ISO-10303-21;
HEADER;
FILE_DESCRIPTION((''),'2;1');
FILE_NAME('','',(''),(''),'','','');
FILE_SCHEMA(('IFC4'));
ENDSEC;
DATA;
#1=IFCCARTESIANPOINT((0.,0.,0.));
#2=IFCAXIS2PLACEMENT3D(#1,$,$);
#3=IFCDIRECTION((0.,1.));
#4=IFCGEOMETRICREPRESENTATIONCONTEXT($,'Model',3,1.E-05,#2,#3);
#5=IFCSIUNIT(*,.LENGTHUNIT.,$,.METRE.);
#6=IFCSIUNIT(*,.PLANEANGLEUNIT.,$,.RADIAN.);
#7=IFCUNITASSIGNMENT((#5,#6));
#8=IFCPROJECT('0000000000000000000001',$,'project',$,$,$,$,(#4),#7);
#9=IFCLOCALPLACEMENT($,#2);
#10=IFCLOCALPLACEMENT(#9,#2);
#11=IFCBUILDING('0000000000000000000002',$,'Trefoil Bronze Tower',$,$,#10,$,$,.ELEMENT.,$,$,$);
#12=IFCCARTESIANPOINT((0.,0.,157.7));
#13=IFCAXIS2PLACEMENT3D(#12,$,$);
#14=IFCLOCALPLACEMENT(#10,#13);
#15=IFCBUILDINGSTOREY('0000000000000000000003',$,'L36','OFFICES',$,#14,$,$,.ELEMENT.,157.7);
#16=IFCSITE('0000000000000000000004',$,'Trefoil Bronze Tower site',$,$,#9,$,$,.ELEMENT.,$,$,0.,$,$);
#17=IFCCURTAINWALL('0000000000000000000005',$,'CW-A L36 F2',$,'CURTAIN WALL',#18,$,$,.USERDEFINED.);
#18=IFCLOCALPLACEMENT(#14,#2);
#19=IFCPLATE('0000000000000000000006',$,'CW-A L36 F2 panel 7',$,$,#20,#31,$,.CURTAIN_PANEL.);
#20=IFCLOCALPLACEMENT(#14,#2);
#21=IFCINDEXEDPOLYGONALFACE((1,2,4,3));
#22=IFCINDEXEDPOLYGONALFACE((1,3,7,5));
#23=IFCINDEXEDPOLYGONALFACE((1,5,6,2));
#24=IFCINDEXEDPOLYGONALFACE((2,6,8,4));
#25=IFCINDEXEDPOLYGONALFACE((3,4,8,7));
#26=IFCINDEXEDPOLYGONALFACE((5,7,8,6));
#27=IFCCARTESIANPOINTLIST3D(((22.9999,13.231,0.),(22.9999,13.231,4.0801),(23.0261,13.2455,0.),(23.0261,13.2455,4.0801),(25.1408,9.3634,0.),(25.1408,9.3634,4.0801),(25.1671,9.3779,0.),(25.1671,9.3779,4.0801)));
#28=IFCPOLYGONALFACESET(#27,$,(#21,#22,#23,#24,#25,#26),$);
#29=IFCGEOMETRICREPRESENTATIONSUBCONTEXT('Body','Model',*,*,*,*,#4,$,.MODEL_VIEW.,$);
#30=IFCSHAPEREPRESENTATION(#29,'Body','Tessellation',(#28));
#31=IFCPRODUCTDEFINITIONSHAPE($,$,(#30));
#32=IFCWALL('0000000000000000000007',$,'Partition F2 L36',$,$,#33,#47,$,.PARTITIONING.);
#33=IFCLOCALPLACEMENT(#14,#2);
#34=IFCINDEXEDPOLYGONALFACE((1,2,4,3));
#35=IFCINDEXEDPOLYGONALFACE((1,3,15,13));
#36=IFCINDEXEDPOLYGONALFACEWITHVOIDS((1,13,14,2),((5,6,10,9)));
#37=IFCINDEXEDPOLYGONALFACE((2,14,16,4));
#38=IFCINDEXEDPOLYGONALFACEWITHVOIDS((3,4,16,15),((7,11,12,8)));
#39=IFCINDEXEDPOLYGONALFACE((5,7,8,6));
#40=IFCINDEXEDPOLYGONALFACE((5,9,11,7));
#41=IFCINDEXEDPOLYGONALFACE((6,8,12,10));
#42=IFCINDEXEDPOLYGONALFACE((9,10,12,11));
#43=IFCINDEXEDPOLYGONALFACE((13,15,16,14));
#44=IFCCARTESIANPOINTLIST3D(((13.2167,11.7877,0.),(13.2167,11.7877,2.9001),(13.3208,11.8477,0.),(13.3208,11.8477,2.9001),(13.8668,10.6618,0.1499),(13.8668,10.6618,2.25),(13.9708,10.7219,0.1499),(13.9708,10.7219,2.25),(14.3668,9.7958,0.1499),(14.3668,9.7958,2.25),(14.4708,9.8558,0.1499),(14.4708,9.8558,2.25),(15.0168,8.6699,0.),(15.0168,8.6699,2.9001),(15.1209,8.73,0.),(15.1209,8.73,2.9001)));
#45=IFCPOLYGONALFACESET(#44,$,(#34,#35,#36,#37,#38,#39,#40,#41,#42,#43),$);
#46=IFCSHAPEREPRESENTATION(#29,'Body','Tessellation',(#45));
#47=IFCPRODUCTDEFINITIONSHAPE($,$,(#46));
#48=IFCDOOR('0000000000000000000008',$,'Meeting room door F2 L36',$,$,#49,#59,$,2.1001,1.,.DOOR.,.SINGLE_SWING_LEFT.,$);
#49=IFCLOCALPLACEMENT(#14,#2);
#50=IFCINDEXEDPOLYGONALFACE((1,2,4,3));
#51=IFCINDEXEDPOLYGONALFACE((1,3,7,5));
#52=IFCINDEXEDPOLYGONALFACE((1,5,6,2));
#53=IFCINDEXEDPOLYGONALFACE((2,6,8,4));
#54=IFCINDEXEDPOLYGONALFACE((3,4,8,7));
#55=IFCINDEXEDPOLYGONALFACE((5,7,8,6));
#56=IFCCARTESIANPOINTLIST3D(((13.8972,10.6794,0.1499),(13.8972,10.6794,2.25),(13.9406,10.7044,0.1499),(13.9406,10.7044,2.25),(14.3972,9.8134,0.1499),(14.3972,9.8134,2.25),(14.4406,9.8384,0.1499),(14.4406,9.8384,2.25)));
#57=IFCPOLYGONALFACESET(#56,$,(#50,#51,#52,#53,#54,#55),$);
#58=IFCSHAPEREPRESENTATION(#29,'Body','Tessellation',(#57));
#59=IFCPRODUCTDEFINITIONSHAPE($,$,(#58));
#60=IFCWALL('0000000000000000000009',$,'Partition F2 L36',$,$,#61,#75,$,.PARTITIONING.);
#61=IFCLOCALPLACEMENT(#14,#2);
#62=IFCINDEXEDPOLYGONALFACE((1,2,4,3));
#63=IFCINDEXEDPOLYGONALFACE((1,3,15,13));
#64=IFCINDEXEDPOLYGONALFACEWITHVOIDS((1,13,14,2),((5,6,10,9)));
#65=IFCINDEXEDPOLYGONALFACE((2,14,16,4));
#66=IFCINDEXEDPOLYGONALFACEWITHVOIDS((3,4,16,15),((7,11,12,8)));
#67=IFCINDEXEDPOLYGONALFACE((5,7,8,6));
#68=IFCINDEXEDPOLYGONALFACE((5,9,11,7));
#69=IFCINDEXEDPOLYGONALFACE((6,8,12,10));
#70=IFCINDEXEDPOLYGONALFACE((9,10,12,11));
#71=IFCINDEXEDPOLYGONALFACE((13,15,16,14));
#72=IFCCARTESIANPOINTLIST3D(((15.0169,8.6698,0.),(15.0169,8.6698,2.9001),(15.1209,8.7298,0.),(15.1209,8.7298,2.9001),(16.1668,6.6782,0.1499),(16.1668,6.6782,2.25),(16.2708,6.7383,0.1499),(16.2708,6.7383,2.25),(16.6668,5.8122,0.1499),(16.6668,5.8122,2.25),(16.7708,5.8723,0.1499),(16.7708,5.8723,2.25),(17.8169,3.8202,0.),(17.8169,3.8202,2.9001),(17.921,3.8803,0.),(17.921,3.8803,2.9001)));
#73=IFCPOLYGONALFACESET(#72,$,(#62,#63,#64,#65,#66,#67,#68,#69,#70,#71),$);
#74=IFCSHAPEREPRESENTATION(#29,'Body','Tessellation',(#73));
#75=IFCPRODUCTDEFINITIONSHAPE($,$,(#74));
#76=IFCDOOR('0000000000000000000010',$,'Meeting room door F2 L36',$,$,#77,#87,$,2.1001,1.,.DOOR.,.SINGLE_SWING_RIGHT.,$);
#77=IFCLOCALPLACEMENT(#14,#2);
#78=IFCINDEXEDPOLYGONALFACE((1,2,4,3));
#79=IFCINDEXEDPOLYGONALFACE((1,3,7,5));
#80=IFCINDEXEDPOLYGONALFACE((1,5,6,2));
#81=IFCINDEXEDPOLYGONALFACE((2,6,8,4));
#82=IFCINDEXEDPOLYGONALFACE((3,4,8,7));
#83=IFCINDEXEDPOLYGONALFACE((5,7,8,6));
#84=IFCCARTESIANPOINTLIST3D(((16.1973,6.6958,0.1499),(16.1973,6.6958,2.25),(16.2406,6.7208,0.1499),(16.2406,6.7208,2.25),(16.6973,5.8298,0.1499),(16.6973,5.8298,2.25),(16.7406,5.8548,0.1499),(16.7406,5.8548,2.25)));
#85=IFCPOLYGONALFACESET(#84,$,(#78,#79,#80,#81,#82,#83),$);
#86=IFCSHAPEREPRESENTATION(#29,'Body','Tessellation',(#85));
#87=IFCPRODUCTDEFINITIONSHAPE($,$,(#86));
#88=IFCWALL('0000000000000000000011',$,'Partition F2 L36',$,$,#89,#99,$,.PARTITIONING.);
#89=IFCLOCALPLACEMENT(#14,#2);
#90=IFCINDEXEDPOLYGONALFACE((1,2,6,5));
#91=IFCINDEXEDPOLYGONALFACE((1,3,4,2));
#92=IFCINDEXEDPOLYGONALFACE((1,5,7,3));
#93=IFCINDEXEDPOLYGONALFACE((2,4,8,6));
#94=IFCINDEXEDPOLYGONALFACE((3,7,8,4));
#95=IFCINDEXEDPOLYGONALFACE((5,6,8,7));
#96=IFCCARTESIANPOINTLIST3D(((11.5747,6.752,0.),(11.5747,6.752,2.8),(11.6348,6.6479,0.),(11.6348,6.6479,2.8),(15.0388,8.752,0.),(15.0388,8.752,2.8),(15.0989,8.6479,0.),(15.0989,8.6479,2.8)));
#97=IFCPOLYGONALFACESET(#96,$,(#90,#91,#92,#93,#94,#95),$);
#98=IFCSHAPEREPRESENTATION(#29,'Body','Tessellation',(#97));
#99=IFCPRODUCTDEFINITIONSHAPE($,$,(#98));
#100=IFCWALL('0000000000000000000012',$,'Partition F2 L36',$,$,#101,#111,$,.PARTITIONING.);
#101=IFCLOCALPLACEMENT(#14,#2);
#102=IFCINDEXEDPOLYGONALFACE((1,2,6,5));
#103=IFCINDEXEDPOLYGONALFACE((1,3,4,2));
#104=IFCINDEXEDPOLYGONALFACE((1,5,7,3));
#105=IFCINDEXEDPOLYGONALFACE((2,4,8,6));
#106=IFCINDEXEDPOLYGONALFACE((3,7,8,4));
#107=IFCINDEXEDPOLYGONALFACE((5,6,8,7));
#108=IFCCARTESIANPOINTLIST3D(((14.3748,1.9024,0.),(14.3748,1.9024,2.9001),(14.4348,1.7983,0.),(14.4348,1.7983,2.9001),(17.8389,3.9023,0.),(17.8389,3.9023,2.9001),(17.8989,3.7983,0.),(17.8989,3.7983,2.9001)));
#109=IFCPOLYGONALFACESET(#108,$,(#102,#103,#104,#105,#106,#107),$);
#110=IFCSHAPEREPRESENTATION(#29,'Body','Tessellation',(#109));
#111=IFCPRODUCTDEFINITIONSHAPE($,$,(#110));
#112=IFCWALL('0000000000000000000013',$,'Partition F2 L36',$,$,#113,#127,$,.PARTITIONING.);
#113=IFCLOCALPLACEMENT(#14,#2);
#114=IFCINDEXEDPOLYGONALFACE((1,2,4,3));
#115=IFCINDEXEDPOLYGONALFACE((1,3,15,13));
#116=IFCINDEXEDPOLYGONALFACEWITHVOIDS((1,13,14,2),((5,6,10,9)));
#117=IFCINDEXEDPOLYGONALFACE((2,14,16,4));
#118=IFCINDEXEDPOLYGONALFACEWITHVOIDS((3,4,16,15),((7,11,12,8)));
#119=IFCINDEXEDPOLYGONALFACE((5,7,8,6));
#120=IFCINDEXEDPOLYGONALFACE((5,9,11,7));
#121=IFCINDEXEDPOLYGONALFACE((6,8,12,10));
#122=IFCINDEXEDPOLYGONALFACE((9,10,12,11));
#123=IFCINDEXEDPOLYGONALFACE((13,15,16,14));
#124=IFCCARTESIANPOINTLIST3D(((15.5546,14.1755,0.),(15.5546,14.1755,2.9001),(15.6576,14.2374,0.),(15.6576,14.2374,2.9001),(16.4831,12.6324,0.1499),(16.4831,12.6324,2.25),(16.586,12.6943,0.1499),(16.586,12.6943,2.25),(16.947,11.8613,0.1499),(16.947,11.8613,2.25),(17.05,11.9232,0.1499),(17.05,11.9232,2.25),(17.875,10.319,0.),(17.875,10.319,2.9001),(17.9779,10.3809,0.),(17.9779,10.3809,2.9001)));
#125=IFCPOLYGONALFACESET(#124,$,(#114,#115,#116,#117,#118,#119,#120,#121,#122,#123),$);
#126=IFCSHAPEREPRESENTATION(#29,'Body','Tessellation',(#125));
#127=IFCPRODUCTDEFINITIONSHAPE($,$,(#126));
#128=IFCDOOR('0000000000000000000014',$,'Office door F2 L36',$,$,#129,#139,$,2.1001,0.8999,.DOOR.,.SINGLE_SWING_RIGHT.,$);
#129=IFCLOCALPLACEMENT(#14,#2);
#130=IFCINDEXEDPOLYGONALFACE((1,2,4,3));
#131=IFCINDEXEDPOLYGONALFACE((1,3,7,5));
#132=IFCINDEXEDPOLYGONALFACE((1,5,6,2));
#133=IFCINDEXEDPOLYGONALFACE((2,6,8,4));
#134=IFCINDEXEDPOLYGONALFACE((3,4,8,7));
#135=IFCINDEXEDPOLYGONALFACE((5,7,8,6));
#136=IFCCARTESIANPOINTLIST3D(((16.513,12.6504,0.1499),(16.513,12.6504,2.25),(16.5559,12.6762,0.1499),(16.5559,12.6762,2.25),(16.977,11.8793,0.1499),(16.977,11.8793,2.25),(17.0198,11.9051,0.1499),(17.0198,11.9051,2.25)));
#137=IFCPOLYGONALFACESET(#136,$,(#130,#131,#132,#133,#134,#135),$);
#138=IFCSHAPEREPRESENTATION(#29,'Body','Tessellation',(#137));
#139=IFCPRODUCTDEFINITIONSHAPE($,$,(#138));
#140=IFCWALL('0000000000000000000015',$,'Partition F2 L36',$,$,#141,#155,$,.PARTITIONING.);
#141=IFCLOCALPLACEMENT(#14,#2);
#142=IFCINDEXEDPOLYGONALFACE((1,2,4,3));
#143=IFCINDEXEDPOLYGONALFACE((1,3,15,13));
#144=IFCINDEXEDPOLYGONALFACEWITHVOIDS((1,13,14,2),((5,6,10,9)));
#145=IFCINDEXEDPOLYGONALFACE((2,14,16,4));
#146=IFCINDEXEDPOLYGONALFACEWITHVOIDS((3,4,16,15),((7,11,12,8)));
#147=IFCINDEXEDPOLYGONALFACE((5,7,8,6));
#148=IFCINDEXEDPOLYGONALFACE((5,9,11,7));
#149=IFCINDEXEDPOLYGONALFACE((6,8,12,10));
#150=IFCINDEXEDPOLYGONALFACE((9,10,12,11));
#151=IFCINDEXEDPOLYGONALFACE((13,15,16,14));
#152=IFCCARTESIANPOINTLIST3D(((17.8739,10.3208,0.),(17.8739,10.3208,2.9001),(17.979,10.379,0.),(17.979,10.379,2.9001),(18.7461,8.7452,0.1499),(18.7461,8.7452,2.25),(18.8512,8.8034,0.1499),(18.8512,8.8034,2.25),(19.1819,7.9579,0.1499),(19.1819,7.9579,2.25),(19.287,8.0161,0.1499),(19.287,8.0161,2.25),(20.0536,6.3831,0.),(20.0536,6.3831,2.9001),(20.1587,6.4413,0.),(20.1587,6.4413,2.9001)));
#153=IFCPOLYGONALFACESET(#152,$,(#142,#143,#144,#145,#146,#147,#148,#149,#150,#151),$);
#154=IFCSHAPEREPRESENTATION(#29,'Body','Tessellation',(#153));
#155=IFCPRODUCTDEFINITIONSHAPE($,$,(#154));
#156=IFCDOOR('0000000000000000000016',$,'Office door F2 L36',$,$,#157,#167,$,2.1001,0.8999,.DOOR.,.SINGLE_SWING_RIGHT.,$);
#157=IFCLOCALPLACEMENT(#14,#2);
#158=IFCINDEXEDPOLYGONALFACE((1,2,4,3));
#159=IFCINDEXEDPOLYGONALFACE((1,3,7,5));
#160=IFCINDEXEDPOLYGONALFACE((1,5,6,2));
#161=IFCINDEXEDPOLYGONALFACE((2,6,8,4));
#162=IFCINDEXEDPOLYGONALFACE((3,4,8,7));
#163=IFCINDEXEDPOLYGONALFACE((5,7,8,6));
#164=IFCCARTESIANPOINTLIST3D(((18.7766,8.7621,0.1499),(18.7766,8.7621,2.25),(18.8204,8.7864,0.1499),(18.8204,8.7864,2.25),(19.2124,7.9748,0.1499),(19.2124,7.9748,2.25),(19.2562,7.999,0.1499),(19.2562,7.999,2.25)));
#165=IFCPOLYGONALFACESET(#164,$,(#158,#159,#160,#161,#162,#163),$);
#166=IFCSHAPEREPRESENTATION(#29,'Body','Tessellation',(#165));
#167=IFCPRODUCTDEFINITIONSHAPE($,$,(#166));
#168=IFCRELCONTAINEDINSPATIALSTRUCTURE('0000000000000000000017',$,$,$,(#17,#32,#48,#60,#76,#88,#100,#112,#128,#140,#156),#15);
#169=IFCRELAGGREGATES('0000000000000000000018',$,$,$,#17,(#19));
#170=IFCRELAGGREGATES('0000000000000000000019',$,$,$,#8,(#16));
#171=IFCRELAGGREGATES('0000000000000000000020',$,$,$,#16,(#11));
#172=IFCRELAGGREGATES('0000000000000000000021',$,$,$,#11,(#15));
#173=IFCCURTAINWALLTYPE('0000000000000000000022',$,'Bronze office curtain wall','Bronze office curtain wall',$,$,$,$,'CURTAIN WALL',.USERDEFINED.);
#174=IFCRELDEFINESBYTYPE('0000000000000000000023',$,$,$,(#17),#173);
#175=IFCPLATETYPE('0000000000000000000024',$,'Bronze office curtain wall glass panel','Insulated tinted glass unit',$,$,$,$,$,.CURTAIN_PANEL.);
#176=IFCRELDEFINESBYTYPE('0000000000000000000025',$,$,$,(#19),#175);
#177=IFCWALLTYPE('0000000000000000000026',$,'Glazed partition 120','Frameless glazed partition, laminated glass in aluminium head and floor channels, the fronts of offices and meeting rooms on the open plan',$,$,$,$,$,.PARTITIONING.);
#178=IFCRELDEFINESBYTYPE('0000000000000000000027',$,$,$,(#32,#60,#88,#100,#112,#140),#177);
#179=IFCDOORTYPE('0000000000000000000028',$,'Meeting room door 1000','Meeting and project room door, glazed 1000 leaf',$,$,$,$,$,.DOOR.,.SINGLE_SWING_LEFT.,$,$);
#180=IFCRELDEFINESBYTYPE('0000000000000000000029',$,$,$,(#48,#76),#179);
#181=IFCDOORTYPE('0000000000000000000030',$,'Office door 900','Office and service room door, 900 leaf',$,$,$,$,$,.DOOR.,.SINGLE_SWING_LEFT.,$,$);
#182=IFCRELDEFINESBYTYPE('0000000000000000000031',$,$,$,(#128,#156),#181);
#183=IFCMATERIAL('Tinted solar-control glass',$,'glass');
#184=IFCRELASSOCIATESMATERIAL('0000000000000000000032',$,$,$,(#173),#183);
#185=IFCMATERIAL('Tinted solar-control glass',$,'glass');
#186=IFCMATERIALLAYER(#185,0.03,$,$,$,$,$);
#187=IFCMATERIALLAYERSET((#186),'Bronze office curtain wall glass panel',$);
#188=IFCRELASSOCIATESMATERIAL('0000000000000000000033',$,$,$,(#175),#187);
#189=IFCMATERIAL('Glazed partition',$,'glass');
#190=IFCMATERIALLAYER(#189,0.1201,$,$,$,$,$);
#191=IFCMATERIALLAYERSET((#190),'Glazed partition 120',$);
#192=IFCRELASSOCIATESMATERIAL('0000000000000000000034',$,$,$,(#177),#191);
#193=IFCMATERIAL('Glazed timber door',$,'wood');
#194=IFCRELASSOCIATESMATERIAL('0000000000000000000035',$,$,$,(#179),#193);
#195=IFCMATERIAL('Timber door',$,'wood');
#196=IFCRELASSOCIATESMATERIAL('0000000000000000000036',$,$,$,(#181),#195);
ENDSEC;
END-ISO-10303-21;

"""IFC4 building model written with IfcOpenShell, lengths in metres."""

from ifc_helpers import new_model, si_unit, direction, frame, frame_2d, origin, origin_2d, place, context, subcontext, project, spatial, rectangle, extrude, material, layer, layer_set, type_object, element, fill, aggregate, save


model = new_model("IFC4")

# Units and contexts
model_context = context("Model", 3, precision=1e-05, world=origin(), true_north=direction((0.0, 1.0)))
body_context = subcontext(model_context, "Body", "Model", "MODEL_VIEW")
ifc_project = project(units=[si_unit("LENGTHUNIT", "METRE"), si_unit("PLANEANGLEUNIT", "RADIAN")], contexts=[model_context])

# Site, building, storey
site_placement = place(None, origin())
site = spatial("IfcSite", under=ifc_project, at=site_placement, Name="Trefoil Bronze Tower site", CompositionType="ELEMENT", RefElevation=0.0)
building_placement = place(site_placement, origin())
building = spatial("IfcBuilding", under=site, at=building_placement, Name="Trefoil Bronze Tower", CompositionType="ELEMENT")
storey_placement = place(building_placement, frame((0.0, 0.0, 157.7)))
storey = spatial("IfcBuildingStorey", under=building, at=storey_placement, Name="L36", Description="OFFICES", CompositionType="ELEMENT", Elevation=157.7)

# Curtain wall, plate
ifc_material_1 = material(Name="Tinted solar-control glass", Category="glass")
curtain_wall_type = type_object("IfcCurtainWallType", Name="Bronze office curtain wall", Description="Bronze office curtain wall", ElementType="CURTAIN WALL", PredefinedType="USERDEFINED", material=ifc_material_1)
curtain_wall_placement = place(storey_placement, origin())
curtain_wall = element("IfcCurtainWall", 1, at=curtain_wall_placement, inside=storey, type_object=curtain_wall_type, Name="CW-A L36 F2", ObjectType="CURTAIN WALL", PredefinedType="USERDEFINED")
ifc_material_2 = material(Name="Tinted solar-control glass", Category="glass")
ifc_layer_1 = layer(ifc_material_2, 0.03)
ifc_layer_set_1 = layer_set([ifc_layer_1], Name="Bronze office curtain wall glass panel")
plate_type = type_object("IfcPlateType", Name="Bronze office curtain wall glass panel", Description="Insulated tinted glass unit", PredefinedType="CURTAIN_PANEL", material=ifc_layer_set_1)
plate_placement = place(storey_placement, frame((24.0835, 11.3044, 0.0), z_axis=(0.0, 0.0, 1.0), x_axis=(-0.484312, 0.874895, 0.0)))
plate = element("IfcPlate", 2, at=plate_placement, type_object=plate_type, Name="CW-A L36 F2 panel 7", PredefinedType="CURTAIN_PANEL", context=body_context, shape_type="SweptSolid", body=[
    extrude(rectangle(XDim=4.4207, YDim=0.03, at=origin_2d()), origin(), (0.0, 0.0, 1.0), 4.0801),
])
aggregate(curtain_wall, [plate])

# Walls, openings, doors
ifc_material_3 = material(Name="Glazed partition", Category="glass")
ifc_layer_2 = layer(ifc_material_3, 0.1201)
ifc_layer_set_2 = layer_set([ifc_layer_2], Name="Glazed partition 120")
wall_type = type_object("IfcWallType", Name="Glazed partition 120", Description="Frameless glazed partition, laminated glass in aluminium head and floor channels, the fronts of offices and meeting rooms on the open plan", PredefinedType="PARTITIONING", material=ifc_layer_set_2)
wall_1_placement = place(storey_placement, frame((15.0688, 8.7, 0.0), z_axis=(0.0, 0.0, 1.0), x_axis=(-0.500012, 0.866018, 0.0)))
wall_1 = element("IfcWall", 3, at=wall_1_placement, inside=storey, type_object=wall_type, Name="Partition F2 L36", PredefinedType="PARTITIONING", context=body_context, shape_type="SweptSolid", body=[
    extrude(rectangle(XDim=3.6001, YDim=0.1201, at=frame_2d((1.8, 0.0))), origin(), (0.0, 0.0, 1.0), 2.9001),
])
opening_1_placement = place(wall_1_placement, frame((1.3, 0.0, 0.1499)))
opening_1 = element("IfcOpeningElement", 4, at=opening_1_placement, cuts=wall_1, PredefinedType="OPENING", context=body_context, shape_type="SweptSolid", body=[
    extrude(rectangle(XDim=1.0, YDim=2.1001, at=frame_2d((0.5, 1.05))), frame((0.0, 0.0701, 0.0), z_axis=(0.0, -1.0, 0.0), x_axis=(1.0, 0.0, 0.0)), (0.0, 0.0, 1.0), 0.1401),
])
ifc_material_4 = material(Name="Glazed timber door", Category="wood")
door_type_1 = type_object("IfcDoorType", Name="Meeting room door 1000", Description="Meeting and project room door, glazed 1000 leaf", OperationType="SINGLE_SWING_LEFT", PredefinedType="DOOR", material=ifc_material_4)
door_1_placement = place(opening_1_placement, origin())
door_1 = element("IfcDoor", 5, at=door_1_placement, inside=storey, type_object=door_type_1, Name="Meeting room door F2 L36", OperationType="SINGLE_SWING_LEFT", OverallHeight=2.1001, OverallWidth=1.0, PredefinedType="DOOR", context=body_context, shape_type="SweptSolid", body=[
    extrude(rectangle(XDim=1.0, YDim=2.1001, at=frame_2d((0.5, 1.05))), frame((0.0, 0.0249, 0.0), z_axis=(0.0, -1.0, 0.0), x_axis=(1.0, 0.0, 0.0)), (0.0, 0.0, 1.0), 0.05),
])
fill(opening_1, door_1)
wall_2_placement = place(storey_placement, frame((17.8689, 3.8503, 0.0), z_axis=(0.0, 0.0, 1.0), x_axis=(-0.500017, 0.866016, 0.0)))
wall_2 = element("IfcWall", 6, at=wall_2_placement, inside=storey, type_object=wall_type, Name="Partition F2 L36", PredefinedType="PARTITIONING", context=body_context, shape_type="SweptSolid", body=[
    extrude(rectangle(XDim=5.5999, YDim=0.1201, at=frame_2d((2.7998, 0.0))), origin(), (0.0, 0.0, 1.0), 2.9001),
])
opening_2_placement = place(wall_2_placement, frame((2.3, 0.0, 0.1499)))
opening_2 = element("IfcOpeningElement", 7, at=opening_2_placement, cuts=wall_2, PredefinedType="OPENING", context=body_context, shape_type="SweptSolid", body=[
    extrude(rectangle(XDim=1.0, YDim=2.1001, at=frame_2d((0.5, 1.05))), frame((0.0, 0.0701, 0.0), z_axis=(0.0, -1.0, 0.0), x_axis=(1.0, 0.0, 0.0)), (0.0, 0.0, 1.0), 0.1401),
])
door_2_placement = place(opening_2_placement, origin())
door_2 = element("IfcDoor", 8, at=door_2_placement, inside=storey, type_object=door_type_1, Name="Meeting room door F2 L36", OperationType="SINGLE_SWING_RIGHT", OverallHeight=2.1001, OverallWidth=1.0, PredefinedType="DOOR", context=body_context, shape_type="SweptSolid", body=[
    extrude(rectangle(XDim=1.0, YDim=2.1001, at=frame_2d((0.5, 1.05))), frame((0.0, 0.0249, 0.0), z_axis=(0.0, -1.0, 0.0), x_axis=(1.0, 0.0, 0.0)), (0.0, 0.0, 1.0), 0.05),
])
fill(opening_2, door_2)

# Walls
wall_3_placement = place(storey_placement, frame((11.6047, 6.7, 0.0), z_axis=(0.0, 0.0, 1.0), x_axis=(0.866026, 0.499999, 0.0)))
element("IfcWall", 9, at=wall_3_placement, inside=storey, type_object=wall_type, Name="Partition F2 L36", PredefinedType="PARTITIONING", context=body_context, shape_type="SweptSolid", body=[
    extrude(rectangle(XDim=4.0, YDim=0.1201, at=frame_2d((2.0, 0.0))), origin(), (0.0, 0.0, 1.0), 2.8),
])
wall_4_placement = place(storey_placement, frame((14.4048, 1.8503, 0.0), z_axis=(0.0, 0.0, 1.0), x_axis=(0.866026, 0.499999, 0.0)))
element("IfcWall", 10, at=wall_4_placement, inside=storey, type_object=wall_type, Name="Partition F2 L36", PredefinedType="PARTITIONING", context=body_context, shape_type="SweptSolid", body=[
    extrude(rectangle(XDim=4.0, YDim=0.1201, at=frame_2d((2.0, 0.0))), origin(), (0.0, 0.0, 1.0), 2.9001),
])

# Walls, openings, doors
wall_5_placement = place(storey_placement, frame((17.9265, 10.3499, 0.0), z_axis=(0.0, 0.0, 1.0), x_axis=(-0.515548, 0.85686, 0.0)))
wall_5 = element("IfcWall", 11, at=wall_5_placement, inside=storey, type_object=wall_type, Name="Partition F2 L36", PredefinedType="PARTITIONING", context=body_context, shape_type="SweptSolid", body=[
    extrude(rectangle(XDim=4.5007, YDim=0.1201, at=frame_2d((2.2505, 0.0))), origin(), (0.0, 0.0, 1.0), 2.9001),
])
opening_3_placement = place(wall_5_placement, frame((1.8, 0.0, 0.1499)))
opening_3 = element("IfcOpeningElement", 12, at=opening_3_placement, cuts=wall_5, PredefinedType="OPENING", context=body_context, shape_type="SweptSolid", body=[
    extrude(rectangle(XDim=0.8999, YDim=2.1001, at=frame_2d((0.45, 1.05))), frame((0.0, 0.0701, 0.0), z_axis=(0.0, -1.0, 0.0), x_axis=(1.0, 0.0, 0.0)), (0.0, 0.0, 1.0), 0.1401),
])
ifc_material_5 = material(Name="Timber door", Category="wood")
door_type_2 = type_object("IfcDoorType", Name="Office door 900", Description="Office and service room door, 900 leaf", OperationType="SINGLE_SWING_LEFT", PredefinedType="DOOR", material=ifc_material_5)
door_3_placement = place(opening_3_placement, frame((0.8999, 0.0, 0.0), z_axis=(0.0, 0.0, 1.0), x_axis=(-1.0, 0.0, 0.0)))
door_3 = element("IfcDoor", 13, at=door_3_placement, inside=storey, type_object=door_type_2, Name="Office door F2 L36", OperationType="SINGLE_SWING_RIGHT", OverallHeight=2.1001, OverallWidth=0.8999, PredefinedType="DOOR", context=body_context, shape_type="SweptSolid", body=[
    extrude(rectangle(XDim=0.8999, YDim=2.1001, at=frame_2d((0.45, 1.05))), frame((0.0, 0.0249, 0.0), z_axis=(0.0, -1.0, 0.0), x_axis=(1.0, 0.0, 0.0)), (0.0, 0.0, 1.0), 0.05),
])
fill(opening_3, door_3)
wall_6_placement = place(storey_placement, frame((20.1062, 6.4121, 0.0), z_axis=(0.0, 0.0, 1.0), x_axis=(-0.484293, 0.874906, 0.0)))
wall_6 = element("IfcWall", 14, at=wall_6_placement, inside=storey, type_object=wall_type, Name="Partition F2 L36", PredefinedType="PARTITIONING", context=body_context, shape_type="SweptSolid", body=[
    extrude(rectangle(XDim=4.5007, YDim=0.1201, at=frame_2d((2.2505, 0.0))), origin(), (0.0, 0.0, 1.0), 2.9001),
])
opening_4_placement = place(wall_6_placement, frame((1.8, 0.0, 0.1499)))
opening_4 = element("IfcOpeningElement", 15, at=opening_4_placement, cuts=wall_6, PredefinedType="OPENING", context=body_context, shape_type="SweptSolid", body=[
    extrude(rectangle(XDim=0.8999, YDim=2.1001, at=frame_2d((0.45, 1.05))), frame((0.0, 0.0701, 0.0), z_axis=(0.0, -1.0, 0.0), x_axis=(1.0, 0.0, 0.0)), (0.0, 0.0, 1.0), 0.1401),
])
door_4_placement = place(opening_4_placement, frame((0.8999, 0.0, 0.0), z_axis=(0.0, 0.0, 1.0), x_axis=(-1.0, 0.0, 0.0)))
door_4 = element("IfcDoor", 16, at=door_4_placement, inside=storey, type_object=door_type_2, Name="Office door F2 L36", OperationType="SINGLE_SWING_RIGHT", OverallHeight=2.1001, OverallWidth=0.8999, PredefinedType="DOOR", context=body_context, shape_type="SweptSolid", body=[
    extrude(rectangle(XDim=0.8999, YDim=2.1001, at=frame_2d((0.45, 1.05))), frame((0.0, 0.0249, 0.0), z_axis=(0.0, -1.0, 0.0), x_axis=(1.0, 0.0, 0.0)), (0.0, 0.0, 1.0), 0.05),
])
fill(opening_4, door_4)

save(model, "model.ifc")
